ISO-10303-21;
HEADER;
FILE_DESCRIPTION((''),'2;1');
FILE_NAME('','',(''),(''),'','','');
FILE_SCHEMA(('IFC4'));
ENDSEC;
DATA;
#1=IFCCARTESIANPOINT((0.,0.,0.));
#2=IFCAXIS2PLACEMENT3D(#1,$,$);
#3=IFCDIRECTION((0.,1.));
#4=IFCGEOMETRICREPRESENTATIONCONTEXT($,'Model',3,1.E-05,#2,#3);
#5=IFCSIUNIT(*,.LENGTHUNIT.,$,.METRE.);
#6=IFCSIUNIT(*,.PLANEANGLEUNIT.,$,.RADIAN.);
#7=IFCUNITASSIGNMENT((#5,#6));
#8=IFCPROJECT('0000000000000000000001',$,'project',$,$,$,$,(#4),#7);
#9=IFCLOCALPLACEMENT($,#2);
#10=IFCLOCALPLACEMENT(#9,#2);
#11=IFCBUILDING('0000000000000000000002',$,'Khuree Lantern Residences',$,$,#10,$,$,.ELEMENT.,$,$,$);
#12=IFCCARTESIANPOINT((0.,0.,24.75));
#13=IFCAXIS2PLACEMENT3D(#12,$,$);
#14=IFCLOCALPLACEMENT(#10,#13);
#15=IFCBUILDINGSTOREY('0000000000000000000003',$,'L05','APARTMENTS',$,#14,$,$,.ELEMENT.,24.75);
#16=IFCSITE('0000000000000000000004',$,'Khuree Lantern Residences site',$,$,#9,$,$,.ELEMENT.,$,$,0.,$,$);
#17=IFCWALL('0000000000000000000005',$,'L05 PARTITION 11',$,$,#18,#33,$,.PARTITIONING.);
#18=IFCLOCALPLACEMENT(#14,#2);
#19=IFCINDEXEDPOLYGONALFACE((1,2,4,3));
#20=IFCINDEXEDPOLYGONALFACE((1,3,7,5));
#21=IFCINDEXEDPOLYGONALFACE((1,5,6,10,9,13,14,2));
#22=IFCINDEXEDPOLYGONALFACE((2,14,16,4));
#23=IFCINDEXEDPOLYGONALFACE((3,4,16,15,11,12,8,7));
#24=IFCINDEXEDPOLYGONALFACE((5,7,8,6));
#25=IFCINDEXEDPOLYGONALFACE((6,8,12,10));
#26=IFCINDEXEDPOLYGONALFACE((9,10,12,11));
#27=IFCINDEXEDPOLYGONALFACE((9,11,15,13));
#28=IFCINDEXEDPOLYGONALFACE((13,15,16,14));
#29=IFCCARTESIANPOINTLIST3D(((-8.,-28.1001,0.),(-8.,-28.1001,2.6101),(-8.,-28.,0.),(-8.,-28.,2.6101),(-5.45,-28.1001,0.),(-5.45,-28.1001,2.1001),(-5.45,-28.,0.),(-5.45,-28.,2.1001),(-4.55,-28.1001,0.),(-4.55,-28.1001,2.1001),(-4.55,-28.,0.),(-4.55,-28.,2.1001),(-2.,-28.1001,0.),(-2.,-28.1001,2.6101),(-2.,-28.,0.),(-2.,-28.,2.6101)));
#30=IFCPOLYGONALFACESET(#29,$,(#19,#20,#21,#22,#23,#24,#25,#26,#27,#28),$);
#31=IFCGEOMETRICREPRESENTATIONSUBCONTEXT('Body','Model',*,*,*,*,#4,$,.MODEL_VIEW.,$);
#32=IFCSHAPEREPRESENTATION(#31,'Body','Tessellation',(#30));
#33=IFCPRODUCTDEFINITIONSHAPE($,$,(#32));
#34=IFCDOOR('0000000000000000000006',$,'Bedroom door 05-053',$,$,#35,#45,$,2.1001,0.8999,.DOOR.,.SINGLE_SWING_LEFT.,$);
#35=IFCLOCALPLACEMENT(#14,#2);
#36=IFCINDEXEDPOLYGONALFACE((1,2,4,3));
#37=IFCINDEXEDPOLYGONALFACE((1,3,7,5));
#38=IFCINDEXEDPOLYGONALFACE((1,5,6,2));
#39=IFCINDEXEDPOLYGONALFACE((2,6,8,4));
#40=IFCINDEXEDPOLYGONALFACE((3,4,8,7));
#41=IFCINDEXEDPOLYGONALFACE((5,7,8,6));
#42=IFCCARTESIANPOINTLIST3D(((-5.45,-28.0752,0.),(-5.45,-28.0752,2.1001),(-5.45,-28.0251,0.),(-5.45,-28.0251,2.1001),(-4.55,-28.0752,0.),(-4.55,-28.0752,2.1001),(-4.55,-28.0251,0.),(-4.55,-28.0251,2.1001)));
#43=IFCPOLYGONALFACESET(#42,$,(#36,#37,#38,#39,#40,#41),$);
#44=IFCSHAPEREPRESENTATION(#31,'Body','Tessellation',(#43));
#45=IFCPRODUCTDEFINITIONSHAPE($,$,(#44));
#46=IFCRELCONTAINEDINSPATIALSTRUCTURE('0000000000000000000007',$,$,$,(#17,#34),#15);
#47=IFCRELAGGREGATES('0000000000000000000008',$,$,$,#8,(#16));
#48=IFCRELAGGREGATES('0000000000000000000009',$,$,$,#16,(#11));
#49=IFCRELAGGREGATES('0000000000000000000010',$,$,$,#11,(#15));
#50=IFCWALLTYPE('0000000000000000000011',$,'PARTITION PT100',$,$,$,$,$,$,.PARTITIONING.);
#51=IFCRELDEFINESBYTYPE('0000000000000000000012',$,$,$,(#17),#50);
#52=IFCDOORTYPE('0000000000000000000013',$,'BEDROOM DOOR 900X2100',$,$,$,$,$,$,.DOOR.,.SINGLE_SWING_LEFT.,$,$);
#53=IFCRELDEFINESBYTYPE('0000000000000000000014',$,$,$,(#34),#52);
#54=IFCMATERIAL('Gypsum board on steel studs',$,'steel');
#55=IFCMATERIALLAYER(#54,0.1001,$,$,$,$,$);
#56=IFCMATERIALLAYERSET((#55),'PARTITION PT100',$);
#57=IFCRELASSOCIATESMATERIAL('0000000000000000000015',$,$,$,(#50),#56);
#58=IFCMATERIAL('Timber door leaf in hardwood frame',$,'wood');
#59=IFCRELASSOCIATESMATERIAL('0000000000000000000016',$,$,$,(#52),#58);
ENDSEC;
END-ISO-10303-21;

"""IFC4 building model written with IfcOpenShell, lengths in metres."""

from ifc_helpers import new_model, si_unit, direction, frame, frame_2d, origin, place, context, subcontext, project, spatial, rectangle, extrude, material, layer, layer_set, type_object, element, fill, save


model = new_model("IFC4")

# Units and contexts
model_context = context("Model", 3, precision=1e-05, world=origin(), true_north=direction((0.0, 1.0)))
body_context = subcontext(model_context, "Body", "Model", "MODEL_VIEW")
ifc_project = project(units=[si_unit("LENGTHUNIT", "METRE"), si_unit("PLANEANGLEUNIT", "RADIAN")], contexts=[model_context])

# Site, building, storey
site_placement = place(None, origin())
site = spatial("IfcSite", under=ifc_project, at=site_placement, Name="Khuree Lantern Residences site", CompositionType="ELEMENT", RefElevation=0.0)
building_placement = place(site_placement, origin())
building = spatial("IfcBuilding", under=site, at=building_placement, Name="Khuree Lantern Residences", CompositionType="ELEMENT")
storey_placement = place(building_placement, frame((0.0, 0.0, 24.75)))
storey = spatial("IfcBuildingStorey", under=building, at=storey_placement, Name="L05", Description="APARTMENTS", CompositionType="ELEMENT", Elevation=24.75)

# Shared definitions
ifc_material_1 = material(Name="Timber door leaf in hardwood frame", Category="wood")

# Shared definitions
ifc_material_2 = material(Name="Gypsum board on steel studs", Category="steel")
ifc_layer_1 = layer(ifc_material_2, 0.1001)
ifc_layer_set_1 = layer_set([ifc_layer_1], Name="PARTITION PT100")
wall_type_1 = type_object("IfcWallType", Name="PARTITION PT100", PredefinedType="PARTITIONING", material=ifc_layer_set_1)

# Wall, opening, door
door_type_1 = type_object("IfcDoorType", Name="BEDROOM DOOR 900X2100", OperationType="SINGLE_SWING_LEFT", PredefinedType="DOOR", material=ifc_material_1)
wall_1_placement = place(storey_placement, frame((-8.0, -28.05, 0.0), z_axis=(0.0, 0.0, 1.0), x_axis=(1.0, 0.0, 0.0)))
wall_1 = element("IfcWall", 1, at=wall_1_placement, inside=storey, type_object=wall_type_1, Name="L05 PARTITION 11", PredefinedType="PARTITIONING", context=body_context, shape_type="SweptSolid", body=[
    extrude(rectangle(XDim=6.0, YDim=0.1001, at=frame_2d((3.0, 0.0))), origin(), (0.0, 0.0, 1.0), 2.6101),
])
opening_1_placement = place(wall_1_placement, frame((2.55, 0.0, 0.0)))
opening_1 = element("IfcOpeningElement", 2, at=opening_1_placement, cuts=wall_1, PredefinedType="OPENING", context=body_context, shape_type="SweptSolid", body=[
    extrude(rectangle(XDim=0.8999, YDim=2.1001, at=frame_2d((0.45, 1.05))), frame((0.0, 0.0601, 0.0), z_axis=(0.0, -1.0, 0.0), x_axis=(1.0, 0.0, 0.0)), (0.0, 0.0, 1.0), 0.1201),
])
door_1_placement = place(opening_1_placement, origin())
door_1 = element("IfcDoor", 3, at=door_1_placement, inside=storey, type_object=door_type_1, Name="Bedroom door 05-053", OperationType="SINGLE_SWING_LEFT", OverallHeight=2.1001, OverallWidth=0.8999, PredefinedType="DOOR", context=body_context, shape_type="SweptSolid", body=[
    extrude(rectangle(XDim=0.8999, YDim=2.1001, at=frame_2d((0.45, 1.05))), frame((0.0, 0.0249, 0.0), z_axis=(0.0, -1.0, 0.0), x_axis=(1.0, 0.0, 0.0)), (0.0, 0.0, 1.0), 0.05),
])
fill(opening_1, door_1)

save(model, "model.ifc")
